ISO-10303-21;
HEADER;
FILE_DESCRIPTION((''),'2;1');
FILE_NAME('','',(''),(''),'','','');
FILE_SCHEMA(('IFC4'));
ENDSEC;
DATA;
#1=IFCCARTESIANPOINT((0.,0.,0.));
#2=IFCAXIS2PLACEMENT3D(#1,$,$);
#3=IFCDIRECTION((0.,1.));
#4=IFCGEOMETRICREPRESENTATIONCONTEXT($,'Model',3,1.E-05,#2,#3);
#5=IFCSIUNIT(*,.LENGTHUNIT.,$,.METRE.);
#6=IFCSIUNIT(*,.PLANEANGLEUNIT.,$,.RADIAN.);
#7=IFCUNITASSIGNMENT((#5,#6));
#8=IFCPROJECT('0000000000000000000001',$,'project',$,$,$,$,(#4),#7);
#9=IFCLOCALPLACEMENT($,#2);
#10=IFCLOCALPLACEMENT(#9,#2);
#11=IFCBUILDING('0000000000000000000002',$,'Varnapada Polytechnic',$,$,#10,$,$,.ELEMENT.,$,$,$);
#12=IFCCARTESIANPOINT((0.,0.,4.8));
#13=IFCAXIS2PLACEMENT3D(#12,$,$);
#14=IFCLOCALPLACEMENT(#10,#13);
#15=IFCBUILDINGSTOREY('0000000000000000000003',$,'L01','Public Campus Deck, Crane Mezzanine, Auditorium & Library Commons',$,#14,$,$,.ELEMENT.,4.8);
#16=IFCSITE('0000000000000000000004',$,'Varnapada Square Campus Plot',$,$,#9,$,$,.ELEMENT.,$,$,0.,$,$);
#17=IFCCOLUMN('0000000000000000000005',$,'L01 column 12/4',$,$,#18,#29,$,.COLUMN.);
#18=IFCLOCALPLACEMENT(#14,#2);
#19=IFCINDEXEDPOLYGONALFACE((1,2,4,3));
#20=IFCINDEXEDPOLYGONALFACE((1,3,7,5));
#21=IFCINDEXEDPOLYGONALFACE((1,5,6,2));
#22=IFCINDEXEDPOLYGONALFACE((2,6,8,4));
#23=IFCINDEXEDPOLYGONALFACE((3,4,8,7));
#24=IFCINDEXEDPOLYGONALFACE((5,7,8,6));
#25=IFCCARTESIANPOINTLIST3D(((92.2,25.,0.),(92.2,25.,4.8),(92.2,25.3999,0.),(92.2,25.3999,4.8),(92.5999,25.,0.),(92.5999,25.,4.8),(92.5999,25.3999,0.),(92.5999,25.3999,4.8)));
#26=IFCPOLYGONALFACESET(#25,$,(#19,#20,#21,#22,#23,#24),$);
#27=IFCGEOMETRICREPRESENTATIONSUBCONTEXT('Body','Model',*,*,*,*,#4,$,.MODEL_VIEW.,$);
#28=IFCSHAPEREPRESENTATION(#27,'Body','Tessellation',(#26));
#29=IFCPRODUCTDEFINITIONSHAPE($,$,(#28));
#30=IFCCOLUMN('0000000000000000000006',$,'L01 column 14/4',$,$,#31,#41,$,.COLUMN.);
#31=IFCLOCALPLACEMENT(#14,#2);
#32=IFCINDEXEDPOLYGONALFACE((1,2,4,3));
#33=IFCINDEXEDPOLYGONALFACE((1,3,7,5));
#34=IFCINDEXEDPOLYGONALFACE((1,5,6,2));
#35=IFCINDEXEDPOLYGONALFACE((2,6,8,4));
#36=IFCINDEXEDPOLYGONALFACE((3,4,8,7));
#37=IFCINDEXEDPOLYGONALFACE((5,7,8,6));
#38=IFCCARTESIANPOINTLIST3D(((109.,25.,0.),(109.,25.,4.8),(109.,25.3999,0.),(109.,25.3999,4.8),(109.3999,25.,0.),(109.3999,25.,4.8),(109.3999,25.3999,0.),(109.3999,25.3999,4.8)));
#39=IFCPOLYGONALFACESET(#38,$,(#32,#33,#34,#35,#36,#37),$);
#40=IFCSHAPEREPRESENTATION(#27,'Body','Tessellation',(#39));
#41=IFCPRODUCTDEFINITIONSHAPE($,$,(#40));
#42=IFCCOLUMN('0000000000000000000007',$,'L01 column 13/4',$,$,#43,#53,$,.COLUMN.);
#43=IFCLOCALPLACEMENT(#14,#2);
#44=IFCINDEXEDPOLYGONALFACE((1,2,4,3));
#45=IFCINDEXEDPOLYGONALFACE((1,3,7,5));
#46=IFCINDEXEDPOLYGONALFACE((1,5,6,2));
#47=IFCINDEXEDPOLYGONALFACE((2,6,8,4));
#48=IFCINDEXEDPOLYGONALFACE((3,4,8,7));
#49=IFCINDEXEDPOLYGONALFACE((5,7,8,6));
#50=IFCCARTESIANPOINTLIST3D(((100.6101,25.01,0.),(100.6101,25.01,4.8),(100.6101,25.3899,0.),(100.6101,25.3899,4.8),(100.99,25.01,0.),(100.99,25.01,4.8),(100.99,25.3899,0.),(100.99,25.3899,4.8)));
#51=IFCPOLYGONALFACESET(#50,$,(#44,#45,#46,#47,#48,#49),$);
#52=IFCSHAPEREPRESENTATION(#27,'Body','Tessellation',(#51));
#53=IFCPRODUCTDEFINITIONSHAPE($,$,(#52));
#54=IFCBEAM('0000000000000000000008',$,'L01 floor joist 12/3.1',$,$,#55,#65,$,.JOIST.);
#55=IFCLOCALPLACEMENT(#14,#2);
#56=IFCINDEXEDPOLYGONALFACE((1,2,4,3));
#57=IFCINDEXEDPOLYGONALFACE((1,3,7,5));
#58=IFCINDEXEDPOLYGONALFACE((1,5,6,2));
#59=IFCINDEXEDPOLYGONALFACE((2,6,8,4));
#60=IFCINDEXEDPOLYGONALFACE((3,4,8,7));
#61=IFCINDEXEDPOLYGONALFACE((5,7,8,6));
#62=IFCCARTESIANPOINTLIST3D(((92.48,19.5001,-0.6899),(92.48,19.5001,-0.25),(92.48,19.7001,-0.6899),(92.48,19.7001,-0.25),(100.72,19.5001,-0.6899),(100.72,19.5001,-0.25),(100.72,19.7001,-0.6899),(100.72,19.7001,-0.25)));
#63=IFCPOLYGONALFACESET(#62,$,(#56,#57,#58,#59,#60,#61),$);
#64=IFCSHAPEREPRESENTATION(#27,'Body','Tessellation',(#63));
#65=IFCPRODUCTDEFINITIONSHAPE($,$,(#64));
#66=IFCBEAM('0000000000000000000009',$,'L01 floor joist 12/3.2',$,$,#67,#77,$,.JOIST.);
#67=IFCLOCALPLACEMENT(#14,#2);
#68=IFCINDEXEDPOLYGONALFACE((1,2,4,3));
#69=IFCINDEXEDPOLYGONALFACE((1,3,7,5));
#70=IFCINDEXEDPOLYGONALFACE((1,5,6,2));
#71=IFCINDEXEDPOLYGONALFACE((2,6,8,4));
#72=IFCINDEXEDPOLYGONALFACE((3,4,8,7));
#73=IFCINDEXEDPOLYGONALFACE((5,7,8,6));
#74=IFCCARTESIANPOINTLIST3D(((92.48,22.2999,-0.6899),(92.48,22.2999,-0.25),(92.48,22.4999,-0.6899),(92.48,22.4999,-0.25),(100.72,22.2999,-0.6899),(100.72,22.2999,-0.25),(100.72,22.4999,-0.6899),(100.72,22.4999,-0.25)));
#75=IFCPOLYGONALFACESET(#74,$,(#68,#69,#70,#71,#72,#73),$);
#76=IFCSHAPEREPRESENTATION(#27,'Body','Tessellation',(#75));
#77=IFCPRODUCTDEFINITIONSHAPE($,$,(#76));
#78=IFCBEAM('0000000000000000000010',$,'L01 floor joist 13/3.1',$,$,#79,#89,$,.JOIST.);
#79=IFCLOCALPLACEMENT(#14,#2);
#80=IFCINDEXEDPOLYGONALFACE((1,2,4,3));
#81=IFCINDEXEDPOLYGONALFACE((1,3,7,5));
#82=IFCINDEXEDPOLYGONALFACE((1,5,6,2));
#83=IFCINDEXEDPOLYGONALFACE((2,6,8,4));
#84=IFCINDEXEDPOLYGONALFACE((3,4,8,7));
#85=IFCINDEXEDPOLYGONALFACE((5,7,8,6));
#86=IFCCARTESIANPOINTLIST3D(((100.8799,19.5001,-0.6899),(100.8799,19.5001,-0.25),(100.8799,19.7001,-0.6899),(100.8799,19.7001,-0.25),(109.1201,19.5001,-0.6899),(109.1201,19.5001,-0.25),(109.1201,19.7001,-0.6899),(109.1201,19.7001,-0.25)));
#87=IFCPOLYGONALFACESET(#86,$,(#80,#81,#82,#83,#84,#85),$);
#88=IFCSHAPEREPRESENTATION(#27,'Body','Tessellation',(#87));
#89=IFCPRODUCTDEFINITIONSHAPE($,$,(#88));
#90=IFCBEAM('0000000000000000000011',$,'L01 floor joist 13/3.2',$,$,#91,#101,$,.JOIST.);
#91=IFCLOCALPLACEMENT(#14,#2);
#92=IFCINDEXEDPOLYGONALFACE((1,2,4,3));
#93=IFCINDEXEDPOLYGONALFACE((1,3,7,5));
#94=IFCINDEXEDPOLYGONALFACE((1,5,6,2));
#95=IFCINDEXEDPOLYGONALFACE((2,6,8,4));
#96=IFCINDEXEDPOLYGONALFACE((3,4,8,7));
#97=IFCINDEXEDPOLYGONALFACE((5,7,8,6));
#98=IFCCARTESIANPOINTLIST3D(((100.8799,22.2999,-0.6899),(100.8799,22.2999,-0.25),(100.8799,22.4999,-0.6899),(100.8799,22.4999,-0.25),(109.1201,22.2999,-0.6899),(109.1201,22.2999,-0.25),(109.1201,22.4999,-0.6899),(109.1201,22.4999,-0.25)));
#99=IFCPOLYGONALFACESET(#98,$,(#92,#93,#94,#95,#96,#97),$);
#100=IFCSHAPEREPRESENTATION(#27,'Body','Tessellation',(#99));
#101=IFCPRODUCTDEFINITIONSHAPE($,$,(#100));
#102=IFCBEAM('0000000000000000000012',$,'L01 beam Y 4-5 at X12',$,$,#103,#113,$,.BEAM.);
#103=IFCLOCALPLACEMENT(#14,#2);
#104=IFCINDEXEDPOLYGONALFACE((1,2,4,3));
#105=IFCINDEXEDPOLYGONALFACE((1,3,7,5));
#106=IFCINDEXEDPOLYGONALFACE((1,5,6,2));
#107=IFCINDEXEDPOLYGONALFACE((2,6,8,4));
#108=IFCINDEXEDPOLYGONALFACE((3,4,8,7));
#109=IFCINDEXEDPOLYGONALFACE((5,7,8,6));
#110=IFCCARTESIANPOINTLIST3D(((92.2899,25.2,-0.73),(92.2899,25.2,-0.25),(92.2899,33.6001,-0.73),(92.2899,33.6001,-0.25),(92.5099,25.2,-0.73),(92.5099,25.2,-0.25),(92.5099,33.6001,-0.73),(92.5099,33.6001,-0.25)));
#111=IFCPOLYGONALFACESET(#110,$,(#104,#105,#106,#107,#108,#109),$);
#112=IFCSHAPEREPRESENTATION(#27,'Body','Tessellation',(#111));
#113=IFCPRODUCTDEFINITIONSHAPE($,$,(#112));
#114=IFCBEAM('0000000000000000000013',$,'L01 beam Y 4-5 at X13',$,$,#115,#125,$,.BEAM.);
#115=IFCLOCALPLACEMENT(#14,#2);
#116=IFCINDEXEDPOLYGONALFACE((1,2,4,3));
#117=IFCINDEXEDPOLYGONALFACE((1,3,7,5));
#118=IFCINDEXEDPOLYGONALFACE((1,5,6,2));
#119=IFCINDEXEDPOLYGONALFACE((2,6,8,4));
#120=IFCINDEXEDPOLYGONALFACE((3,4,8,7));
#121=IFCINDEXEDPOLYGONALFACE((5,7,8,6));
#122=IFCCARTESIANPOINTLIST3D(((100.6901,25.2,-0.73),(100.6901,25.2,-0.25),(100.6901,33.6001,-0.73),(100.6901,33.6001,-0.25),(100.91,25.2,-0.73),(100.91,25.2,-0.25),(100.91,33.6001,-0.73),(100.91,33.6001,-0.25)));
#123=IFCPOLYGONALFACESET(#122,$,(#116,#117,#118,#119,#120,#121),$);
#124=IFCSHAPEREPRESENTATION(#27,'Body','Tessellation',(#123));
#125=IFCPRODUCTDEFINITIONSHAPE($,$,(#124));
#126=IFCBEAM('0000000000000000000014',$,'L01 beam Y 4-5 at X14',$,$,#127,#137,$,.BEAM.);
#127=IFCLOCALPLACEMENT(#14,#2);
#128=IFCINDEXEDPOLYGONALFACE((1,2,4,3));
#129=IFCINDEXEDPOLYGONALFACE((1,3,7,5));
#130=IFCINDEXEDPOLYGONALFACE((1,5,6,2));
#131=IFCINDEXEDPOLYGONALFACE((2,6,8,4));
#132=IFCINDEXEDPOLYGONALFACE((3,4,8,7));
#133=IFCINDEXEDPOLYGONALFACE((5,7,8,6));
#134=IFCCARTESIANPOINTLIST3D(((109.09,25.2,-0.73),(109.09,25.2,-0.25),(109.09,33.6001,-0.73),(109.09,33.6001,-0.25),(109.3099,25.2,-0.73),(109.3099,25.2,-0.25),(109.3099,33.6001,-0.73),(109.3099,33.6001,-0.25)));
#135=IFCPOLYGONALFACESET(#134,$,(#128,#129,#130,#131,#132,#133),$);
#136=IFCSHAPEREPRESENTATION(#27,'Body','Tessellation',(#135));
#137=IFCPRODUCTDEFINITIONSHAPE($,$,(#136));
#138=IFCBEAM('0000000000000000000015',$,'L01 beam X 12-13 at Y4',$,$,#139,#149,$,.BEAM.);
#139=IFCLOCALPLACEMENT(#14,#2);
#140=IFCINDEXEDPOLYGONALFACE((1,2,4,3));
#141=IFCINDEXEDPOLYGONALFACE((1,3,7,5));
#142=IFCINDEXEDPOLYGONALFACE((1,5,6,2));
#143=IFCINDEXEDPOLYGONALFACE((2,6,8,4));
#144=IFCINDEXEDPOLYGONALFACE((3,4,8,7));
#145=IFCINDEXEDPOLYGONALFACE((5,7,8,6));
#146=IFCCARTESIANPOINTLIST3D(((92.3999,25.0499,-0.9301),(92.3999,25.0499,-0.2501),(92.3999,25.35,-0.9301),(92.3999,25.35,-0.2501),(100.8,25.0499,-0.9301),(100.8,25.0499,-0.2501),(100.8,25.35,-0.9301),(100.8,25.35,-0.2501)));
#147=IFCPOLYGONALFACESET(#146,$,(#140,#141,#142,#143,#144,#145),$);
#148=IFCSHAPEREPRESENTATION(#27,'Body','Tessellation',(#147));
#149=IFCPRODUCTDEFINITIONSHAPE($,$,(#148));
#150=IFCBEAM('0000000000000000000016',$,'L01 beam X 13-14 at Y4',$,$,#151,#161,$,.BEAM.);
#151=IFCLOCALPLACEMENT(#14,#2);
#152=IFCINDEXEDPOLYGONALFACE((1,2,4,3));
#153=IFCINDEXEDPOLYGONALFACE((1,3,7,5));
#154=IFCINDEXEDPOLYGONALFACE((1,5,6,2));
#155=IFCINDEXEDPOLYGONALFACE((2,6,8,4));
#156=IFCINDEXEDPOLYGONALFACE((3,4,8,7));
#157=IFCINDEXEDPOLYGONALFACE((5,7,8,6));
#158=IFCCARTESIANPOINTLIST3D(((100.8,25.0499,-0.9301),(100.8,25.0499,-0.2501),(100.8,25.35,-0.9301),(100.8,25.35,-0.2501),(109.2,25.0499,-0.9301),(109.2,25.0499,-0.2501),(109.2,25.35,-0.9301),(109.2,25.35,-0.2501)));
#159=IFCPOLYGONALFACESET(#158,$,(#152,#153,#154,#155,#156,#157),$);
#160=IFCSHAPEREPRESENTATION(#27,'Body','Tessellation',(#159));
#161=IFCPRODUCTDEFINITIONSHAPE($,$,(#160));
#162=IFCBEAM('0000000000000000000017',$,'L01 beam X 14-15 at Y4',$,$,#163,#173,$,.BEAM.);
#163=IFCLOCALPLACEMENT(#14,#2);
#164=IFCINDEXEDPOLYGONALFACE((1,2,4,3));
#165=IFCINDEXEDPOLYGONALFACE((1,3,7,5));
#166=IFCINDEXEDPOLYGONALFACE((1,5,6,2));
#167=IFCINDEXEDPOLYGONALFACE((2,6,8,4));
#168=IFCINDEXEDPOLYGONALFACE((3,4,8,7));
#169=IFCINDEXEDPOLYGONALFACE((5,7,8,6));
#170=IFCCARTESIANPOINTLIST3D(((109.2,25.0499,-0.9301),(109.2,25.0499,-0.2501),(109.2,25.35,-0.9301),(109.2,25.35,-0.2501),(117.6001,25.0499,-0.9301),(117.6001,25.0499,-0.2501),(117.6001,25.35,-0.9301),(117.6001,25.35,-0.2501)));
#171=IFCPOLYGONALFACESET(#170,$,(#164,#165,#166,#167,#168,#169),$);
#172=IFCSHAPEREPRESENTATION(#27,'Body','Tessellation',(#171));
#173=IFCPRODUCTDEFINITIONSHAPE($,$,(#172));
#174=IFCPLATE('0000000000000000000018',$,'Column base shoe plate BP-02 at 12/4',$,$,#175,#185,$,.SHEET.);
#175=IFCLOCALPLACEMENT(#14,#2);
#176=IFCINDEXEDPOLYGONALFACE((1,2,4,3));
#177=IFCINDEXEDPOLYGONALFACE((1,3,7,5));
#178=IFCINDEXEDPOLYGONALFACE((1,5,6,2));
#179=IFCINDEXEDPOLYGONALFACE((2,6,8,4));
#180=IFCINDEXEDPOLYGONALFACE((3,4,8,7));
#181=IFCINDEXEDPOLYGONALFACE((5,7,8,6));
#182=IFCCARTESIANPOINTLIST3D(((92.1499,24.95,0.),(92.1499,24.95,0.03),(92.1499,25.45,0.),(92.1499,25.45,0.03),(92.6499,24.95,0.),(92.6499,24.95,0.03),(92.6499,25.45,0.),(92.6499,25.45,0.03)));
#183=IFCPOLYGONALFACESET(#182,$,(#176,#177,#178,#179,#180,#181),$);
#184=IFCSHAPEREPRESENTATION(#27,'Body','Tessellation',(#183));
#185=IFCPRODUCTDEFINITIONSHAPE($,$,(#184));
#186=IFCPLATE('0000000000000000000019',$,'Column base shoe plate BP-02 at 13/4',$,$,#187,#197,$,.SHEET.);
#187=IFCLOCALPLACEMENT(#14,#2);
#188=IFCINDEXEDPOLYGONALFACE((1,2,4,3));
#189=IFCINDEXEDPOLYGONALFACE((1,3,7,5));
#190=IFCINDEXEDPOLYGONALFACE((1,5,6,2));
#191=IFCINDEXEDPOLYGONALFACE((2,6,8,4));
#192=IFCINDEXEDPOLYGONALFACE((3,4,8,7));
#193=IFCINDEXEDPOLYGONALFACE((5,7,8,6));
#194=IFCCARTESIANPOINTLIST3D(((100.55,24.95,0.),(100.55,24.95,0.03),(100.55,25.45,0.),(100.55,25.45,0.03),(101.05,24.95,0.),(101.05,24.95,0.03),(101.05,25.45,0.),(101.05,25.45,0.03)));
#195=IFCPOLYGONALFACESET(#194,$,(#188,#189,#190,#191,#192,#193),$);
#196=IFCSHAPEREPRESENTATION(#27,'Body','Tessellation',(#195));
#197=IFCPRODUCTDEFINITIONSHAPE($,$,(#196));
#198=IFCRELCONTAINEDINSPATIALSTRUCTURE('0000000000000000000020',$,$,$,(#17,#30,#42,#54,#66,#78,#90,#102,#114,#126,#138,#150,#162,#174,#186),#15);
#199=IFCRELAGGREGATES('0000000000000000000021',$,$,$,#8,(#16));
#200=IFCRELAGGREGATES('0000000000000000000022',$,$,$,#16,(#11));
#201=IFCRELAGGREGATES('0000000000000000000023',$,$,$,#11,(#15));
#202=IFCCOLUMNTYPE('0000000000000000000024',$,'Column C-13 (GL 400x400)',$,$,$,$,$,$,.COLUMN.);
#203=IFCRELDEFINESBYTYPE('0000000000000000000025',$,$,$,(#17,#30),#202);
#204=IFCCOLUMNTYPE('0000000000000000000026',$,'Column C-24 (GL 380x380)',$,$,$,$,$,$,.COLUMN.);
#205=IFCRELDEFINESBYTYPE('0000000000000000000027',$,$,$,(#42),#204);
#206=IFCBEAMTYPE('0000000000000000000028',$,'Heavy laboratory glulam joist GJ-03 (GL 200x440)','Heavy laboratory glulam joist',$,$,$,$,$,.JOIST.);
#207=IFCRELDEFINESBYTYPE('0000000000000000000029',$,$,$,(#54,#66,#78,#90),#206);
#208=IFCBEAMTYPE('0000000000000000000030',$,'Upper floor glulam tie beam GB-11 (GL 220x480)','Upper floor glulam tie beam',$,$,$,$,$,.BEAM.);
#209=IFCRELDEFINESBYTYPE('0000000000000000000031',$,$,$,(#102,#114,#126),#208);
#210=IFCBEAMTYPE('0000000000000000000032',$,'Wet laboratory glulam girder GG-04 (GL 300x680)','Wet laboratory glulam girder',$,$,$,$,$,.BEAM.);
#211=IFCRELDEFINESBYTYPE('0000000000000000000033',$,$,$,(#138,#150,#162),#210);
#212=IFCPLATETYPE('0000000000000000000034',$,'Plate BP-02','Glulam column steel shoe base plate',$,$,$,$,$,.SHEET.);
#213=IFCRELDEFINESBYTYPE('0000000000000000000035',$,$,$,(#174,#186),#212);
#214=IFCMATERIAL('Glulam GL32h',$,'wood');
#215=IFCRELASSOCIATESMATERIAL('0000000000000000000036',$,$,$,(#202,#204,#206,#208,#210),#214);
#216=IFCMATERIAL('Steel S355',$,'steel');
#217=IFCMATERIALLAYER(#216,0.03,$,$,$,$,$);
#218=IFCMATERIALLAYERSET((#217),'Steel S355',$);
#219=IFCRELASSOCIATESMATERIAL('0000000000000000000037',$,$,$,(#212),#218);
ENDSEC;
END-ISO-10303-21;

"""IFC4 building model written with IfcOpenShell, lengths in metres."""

from ifc_helpers import new_model, si_unit, direction, frame, origin, origin_2d, place, context, subcontext, project, spatial, rectangle, extrude, material, layer, layer_set, material_profile, profile_set, type_object, element, save


model = new_model("IFC4")

# Units and contexts
model_context = context("Model", 3, precision=1e-05, world=origin(), true_north=direction((0.0, 1.0)))
body_context = subcontext(model_context, "Body", "Model", "MODEL_VIEW")
ifc_project = project(units=[si_unit("LENGTHUNIT", "METRE"), si_unit("PLANEANGLEUNIT", "RADIAN")], contexts=[model_context])

# Site, building, storey
site_placement = place(None, origin())
site = spatial("IfcSite", under=ifc_project, at=site_placement, Name="Varnapada Square Campus Plot", CompositionType="ELEMENT", RefElevation=0.0)
building_placement = place(site_placement, origin())
building = spatial("IfcBuilding", under=site, at=building_placement, Name="Varnapada Polytechnic", CompositionType="ELEMENT")
storey_placement = place(building_placement, frame((0.0, 0.0, 4.8)))
storey = spatial("IfcBuildingStorey", under=building, at=storey_placement, Name="L01", Description="Public Campus Deck, Crane Mezzanine, Auditorium & Library Commons", CompositionType="ELEMENT", Elevation=4.8)

# Columns
ifc_material_1 = material(Name="Glulam GL32h", Category="wood")
ifc_material_profile_1 = material_profile(ifc_material_1, rectangle(XDim=0.3999, YDim=0.3999, at=origin_2d()), Name="GL 400x400")
ifc_profile_set_1 = profile_set([ifc_material_profile_1], Name="Glulam GL32h")
column_type_1 = type_object("IfcColumnType", Name="Column C-13 (GL 400x400)", PredefinedType="COLUMN", material=ifc_profile_set_1)
for number, where, z_axis, x_axis, name in (
    (1, (92.3999, 25.2, 0.0), (0.0, 0.0, 1.0), (1.0, 0.0, 0.0), "L01 column 12/4"),
    (2, (109.2, 25.2, 0.0), (0.0, 0.0, 1.0), (1.0, 0.0, 0.0), "L01 column 14/4"),
):
    element("IfcColumn", number, at=place(storey_placement, frame(where, z_axis=z_axis, x_axis=x_axis)), inside=storey, type_object=column_type_1, Name=name, PredefinedType="COLUMN", context=body_context, shape_type="SweptSolid", body=[
        extrude(rectangle(XDim=0.3999, YDim=0.3999, at=origin_2d()), origin(), (0.0, 0.0, 1.0), 4.8),
    ])
ifc_material_profile_2 = material_profile(ifc_material_1, rectangle(XDim=0.3799, YDim=0.3799, at=origin_2d()), Name="GL 380x380")
ifc_profile_set_2 = profile_set([ifc_material_profile_2], Name="Glulam GL32h")
column_type_2 = type_object("IfcColumnType", Name="Column C-24 (GL 380x380)", PredefinedType="COLUMN", material=ifc_profile_set_2)
column_placement = place(storey_placement, frame((100.8, 25.2, 0.0), z_axis=(0.0, 0.0, 1.0), x_axis=(1.0, 0.0, 0.0)))
element("IfcColumn", 3, at=column_placement, inside=storey, type_object=column_type_2, Name="L01 column 13/4", PredefinedType="COLUMN", context=body_context, shape_type="SweptSolid", body=[
    extrude(rectangle(XDim=0.3799, YDim=0.3799, at=origin_2d()), origin(), (0.0, 0.0, 1.0), 4.8),
])

# Beams
ifc_material_profile_3 = material_profile(ifc_material_1, rectangle(XDim=0.2, YDim=0.4399, at=origin_2d()), Name="GL 200x440")
ifc_profile_set_3 = profile_set([ifc_material_profile_3], Name="Glulam GL32h")
beam_type_1 = type_object("IfcBeamType", Name="Heavy laboratory glulam joist GJ-03 (GL 200x440)", Description="Heavy laboratory glulam joist", PredefinedType="JOIST", material=ifc_profile_set_3)
for number, where, z_axis, x_axis, name in (
    (4, (92.48, 19.6001, -0.47), (1.0, 0.0, 0.0), (0.0, 1.0, 0.0), "L01 floor joist 12/3.1"),
    (5, (92.48, 22.3999, -0.47), (1.0, 0.0, 0.0), (0.0, 1.0, 0.0), "L01 floor joist 12/3.2"),
):
    element("IfcBeam", number, at=place(storey_placement, frame(where, z_axis=z_axis, x_axis=x_axis)), inside=storey, type_object=beam_type_1, Name=name, PredefinedType="JOIST", context=body_context, shape_type="SweptSolid", body=[
        extrude(rectangle(XDim=0.2, YDim=0.4399, at=origin_2d()), origin(), (0.0, 0.0, 1.0), 8.24),
    ])
for number, where, z_axis, x_axis, name in (
    (6, (100.8799, 19.6001, -0.47), (1.0, 0.0, 0.0), (0.0, 1.0, 0.0), "L01 floor joist 13/3.1"),
    (7, (100.8799, 22.3999, -0.47), (1.0, 0.0, 0.0), (0.0, 1.0, 0.0), "L01 floor joist 13/3.2"),
):
    element("IfcBeam", number, at=place(storey_placement, frame(where, z_axis=z_axis, x_axis=x_axis)), inside=storey, type_object=beam_type_1, Name=name, PredefinedType="JOIST", context=body_context, shape_type="SweptSolid", body=[
        extrude(rectangle(XDim=0.2, YDim=0.4399, at=origin_2d()), origin(), (0.0, 0.0, 1.0), 8.2402),
    ])
ifc_material_profile_4 = material_profile(ifc_material_1, rectangle(XDim=0.22, YDim=0.48, at=origin_2d()), Name="GL 220x480")
ifc_profile_set_4 = profile_set([ifc_material_profile_4], Name="Glulam GL32h")
beam_type_2 = type_object("IfcBeamType", Name="Upper floor glulam tie beam GB-11 (GL 220x480)", Description="Upper floor glulam tie beam", PredefinedType="BEAM", material=ifc_profile_set_4)
for number, where, z_axis, x_axis, name in (
    (8, (92.3999, 25.2, -0.49), (0.0, 1.0, 0.0), (-1.0, 0.0, 0.0), "L01 beam Y 4-5 at X12"),
    (9, (100.8, 25.2, -0.49), (0.0, 1.0, 0.0), (-1.0, 0.0, 0.0), "L01 beam Y 4-5 at X13"),
    (10, (109.2, 25.2, -0.49), (0.0, 1.0, 0.0), (-1.0, 0.0, 0.0), "L01 beam Y 4-5 at X14"),
):
    element("IfcBeam", number, at=place(storey_placement, frame(where, z_axis=z_axis, x_axis=x_axis)), inside=storey, type_object=beam_type_2, Name=name, PredefinedType="BEAM", context=body_context, shape_type="SweptSolid", body=[
        extrude(rectangle(XDim=0.22, YDim=0.48, at=origin_2d()), origin(), (0.0, 0.0, 1.0), 8.4001),
    ])
ifc_material_profile_5 = material_profile(ifc_material_1, rectangle(XDim=0.3, YDim=0.6799, at=origin_2d()), Name="GL 300x680")
ifc_profile_set_5 = profile_set([ifc_material_profile_5], Name="Glulam GL32h")
beam_type_3 = type_object("IfcBeamType", Name="Wet laboratory glulam girder GG-04 (GL 300x680)", Description="Wet laboratory glulam girder", PredefinedType="BEAM", material=ifc_profile_set_5)
beam_1_placement = place(storey_placement, frame((92.3999, 25.2, -0.5901), z_axis=(1.0, 0.0, 0.0), x_axis=(0.0, 1.0, 0.0)))
element("IfcBeam", 11, at=beam_1_placement, inside=storey, type_object=beam_type_3, Name="L01 beam X 12-13 at Y4", PredefinedType="BEAM", context=body_context, shape_type="SweptSolid", body=[
    extrude(rectangle(XDim=0.3, YDim=0.6799, at=origin_2d()), origin(), (0.0, 0.0, 1.0), 8.4001),
])
beam_2_placement = place(storey_placement, frame((100.8, 25.2, -0.5901), z_axis=(1.0, 0.0, 0.0), x_axis=(0.0, 1.0, 0.0)))
element("IfcBeam", 12, at=beam_2_placement, inside=storey, type_object=beam_type_3, Name="L01 beam X 13-14 at Y4", PredefinedType="BEAM", context=body_context, shape_type="SweptSolid", body=[
    extrude(rectangle(XDim=0.3, YDim=0.6799, at=origin_2d()), origin(), (0.0, 0.0, 1.0), 8.3999),
])
beam_3_placement = place(storey_placement, frame((109.2, 25.2, -0.5901), z_axis=(1.0, 0.0, 0.0), x_axis=(0.0, 1.0, 0.0)))
element("IfcBeam", 13, at=beam_3_placement, inside=storey, type_object=beam_type_3, Name="L01 beam X 14-15 at Y4", PredefinedType="BEAM", context=body_context, shape_type="SweptSolid", body=[
    extrude(rectangle(XDim=0.3, YDim=0.6799, at=origin_2d()), origin(), (0.0, 0.0, 1.0), 8.4001),
])

# Plates
ifc_material_2 = material(Name="Steel S355", Category="steel")
ifc_layer_1 = layer(ifc_material_2, 0.03)
ifc_layer_set_1 = layer_set([ifc_layer_1], Name="Steel S355")
plate_type = type_object("IfcPlateType", Name="Plate BP-02", Description="Glulam column steel shoe base plate", PredefinedType="SHEET", material=ifc_layer_set_1)
for number, where, z_axis, x_axis, name in (
    (14, (92.3999, 25.2, 0.0), (0.0, 0.0, 1.0), (1.0, 0.0, 0.0), "Column base shoe plate BP-02 at 12/4"),
    (15, (100.8, 25.2, 0.0), (0.0, 0.0, 1.0), (1.0, 0.0, 0.0), "Column base shoe plate BP-02 at 13/4"),
):
    element("IfcPlate", number, at=place(storey_placement, frame(where, z_axis=z_axis, x_axis=x_axis)), inside=storey, type_object=plate_type, Name=name, PredefinedType="SHEET", context=body_context, shape_type="SweptSolid", body=[
        extrude(rectangle(XDim=0.5, YDim=0.5, at=origin_2d()), origin(), (0.0, 0.0, 1.0), 0.03),
    ])

save(model, "model.ifc")
